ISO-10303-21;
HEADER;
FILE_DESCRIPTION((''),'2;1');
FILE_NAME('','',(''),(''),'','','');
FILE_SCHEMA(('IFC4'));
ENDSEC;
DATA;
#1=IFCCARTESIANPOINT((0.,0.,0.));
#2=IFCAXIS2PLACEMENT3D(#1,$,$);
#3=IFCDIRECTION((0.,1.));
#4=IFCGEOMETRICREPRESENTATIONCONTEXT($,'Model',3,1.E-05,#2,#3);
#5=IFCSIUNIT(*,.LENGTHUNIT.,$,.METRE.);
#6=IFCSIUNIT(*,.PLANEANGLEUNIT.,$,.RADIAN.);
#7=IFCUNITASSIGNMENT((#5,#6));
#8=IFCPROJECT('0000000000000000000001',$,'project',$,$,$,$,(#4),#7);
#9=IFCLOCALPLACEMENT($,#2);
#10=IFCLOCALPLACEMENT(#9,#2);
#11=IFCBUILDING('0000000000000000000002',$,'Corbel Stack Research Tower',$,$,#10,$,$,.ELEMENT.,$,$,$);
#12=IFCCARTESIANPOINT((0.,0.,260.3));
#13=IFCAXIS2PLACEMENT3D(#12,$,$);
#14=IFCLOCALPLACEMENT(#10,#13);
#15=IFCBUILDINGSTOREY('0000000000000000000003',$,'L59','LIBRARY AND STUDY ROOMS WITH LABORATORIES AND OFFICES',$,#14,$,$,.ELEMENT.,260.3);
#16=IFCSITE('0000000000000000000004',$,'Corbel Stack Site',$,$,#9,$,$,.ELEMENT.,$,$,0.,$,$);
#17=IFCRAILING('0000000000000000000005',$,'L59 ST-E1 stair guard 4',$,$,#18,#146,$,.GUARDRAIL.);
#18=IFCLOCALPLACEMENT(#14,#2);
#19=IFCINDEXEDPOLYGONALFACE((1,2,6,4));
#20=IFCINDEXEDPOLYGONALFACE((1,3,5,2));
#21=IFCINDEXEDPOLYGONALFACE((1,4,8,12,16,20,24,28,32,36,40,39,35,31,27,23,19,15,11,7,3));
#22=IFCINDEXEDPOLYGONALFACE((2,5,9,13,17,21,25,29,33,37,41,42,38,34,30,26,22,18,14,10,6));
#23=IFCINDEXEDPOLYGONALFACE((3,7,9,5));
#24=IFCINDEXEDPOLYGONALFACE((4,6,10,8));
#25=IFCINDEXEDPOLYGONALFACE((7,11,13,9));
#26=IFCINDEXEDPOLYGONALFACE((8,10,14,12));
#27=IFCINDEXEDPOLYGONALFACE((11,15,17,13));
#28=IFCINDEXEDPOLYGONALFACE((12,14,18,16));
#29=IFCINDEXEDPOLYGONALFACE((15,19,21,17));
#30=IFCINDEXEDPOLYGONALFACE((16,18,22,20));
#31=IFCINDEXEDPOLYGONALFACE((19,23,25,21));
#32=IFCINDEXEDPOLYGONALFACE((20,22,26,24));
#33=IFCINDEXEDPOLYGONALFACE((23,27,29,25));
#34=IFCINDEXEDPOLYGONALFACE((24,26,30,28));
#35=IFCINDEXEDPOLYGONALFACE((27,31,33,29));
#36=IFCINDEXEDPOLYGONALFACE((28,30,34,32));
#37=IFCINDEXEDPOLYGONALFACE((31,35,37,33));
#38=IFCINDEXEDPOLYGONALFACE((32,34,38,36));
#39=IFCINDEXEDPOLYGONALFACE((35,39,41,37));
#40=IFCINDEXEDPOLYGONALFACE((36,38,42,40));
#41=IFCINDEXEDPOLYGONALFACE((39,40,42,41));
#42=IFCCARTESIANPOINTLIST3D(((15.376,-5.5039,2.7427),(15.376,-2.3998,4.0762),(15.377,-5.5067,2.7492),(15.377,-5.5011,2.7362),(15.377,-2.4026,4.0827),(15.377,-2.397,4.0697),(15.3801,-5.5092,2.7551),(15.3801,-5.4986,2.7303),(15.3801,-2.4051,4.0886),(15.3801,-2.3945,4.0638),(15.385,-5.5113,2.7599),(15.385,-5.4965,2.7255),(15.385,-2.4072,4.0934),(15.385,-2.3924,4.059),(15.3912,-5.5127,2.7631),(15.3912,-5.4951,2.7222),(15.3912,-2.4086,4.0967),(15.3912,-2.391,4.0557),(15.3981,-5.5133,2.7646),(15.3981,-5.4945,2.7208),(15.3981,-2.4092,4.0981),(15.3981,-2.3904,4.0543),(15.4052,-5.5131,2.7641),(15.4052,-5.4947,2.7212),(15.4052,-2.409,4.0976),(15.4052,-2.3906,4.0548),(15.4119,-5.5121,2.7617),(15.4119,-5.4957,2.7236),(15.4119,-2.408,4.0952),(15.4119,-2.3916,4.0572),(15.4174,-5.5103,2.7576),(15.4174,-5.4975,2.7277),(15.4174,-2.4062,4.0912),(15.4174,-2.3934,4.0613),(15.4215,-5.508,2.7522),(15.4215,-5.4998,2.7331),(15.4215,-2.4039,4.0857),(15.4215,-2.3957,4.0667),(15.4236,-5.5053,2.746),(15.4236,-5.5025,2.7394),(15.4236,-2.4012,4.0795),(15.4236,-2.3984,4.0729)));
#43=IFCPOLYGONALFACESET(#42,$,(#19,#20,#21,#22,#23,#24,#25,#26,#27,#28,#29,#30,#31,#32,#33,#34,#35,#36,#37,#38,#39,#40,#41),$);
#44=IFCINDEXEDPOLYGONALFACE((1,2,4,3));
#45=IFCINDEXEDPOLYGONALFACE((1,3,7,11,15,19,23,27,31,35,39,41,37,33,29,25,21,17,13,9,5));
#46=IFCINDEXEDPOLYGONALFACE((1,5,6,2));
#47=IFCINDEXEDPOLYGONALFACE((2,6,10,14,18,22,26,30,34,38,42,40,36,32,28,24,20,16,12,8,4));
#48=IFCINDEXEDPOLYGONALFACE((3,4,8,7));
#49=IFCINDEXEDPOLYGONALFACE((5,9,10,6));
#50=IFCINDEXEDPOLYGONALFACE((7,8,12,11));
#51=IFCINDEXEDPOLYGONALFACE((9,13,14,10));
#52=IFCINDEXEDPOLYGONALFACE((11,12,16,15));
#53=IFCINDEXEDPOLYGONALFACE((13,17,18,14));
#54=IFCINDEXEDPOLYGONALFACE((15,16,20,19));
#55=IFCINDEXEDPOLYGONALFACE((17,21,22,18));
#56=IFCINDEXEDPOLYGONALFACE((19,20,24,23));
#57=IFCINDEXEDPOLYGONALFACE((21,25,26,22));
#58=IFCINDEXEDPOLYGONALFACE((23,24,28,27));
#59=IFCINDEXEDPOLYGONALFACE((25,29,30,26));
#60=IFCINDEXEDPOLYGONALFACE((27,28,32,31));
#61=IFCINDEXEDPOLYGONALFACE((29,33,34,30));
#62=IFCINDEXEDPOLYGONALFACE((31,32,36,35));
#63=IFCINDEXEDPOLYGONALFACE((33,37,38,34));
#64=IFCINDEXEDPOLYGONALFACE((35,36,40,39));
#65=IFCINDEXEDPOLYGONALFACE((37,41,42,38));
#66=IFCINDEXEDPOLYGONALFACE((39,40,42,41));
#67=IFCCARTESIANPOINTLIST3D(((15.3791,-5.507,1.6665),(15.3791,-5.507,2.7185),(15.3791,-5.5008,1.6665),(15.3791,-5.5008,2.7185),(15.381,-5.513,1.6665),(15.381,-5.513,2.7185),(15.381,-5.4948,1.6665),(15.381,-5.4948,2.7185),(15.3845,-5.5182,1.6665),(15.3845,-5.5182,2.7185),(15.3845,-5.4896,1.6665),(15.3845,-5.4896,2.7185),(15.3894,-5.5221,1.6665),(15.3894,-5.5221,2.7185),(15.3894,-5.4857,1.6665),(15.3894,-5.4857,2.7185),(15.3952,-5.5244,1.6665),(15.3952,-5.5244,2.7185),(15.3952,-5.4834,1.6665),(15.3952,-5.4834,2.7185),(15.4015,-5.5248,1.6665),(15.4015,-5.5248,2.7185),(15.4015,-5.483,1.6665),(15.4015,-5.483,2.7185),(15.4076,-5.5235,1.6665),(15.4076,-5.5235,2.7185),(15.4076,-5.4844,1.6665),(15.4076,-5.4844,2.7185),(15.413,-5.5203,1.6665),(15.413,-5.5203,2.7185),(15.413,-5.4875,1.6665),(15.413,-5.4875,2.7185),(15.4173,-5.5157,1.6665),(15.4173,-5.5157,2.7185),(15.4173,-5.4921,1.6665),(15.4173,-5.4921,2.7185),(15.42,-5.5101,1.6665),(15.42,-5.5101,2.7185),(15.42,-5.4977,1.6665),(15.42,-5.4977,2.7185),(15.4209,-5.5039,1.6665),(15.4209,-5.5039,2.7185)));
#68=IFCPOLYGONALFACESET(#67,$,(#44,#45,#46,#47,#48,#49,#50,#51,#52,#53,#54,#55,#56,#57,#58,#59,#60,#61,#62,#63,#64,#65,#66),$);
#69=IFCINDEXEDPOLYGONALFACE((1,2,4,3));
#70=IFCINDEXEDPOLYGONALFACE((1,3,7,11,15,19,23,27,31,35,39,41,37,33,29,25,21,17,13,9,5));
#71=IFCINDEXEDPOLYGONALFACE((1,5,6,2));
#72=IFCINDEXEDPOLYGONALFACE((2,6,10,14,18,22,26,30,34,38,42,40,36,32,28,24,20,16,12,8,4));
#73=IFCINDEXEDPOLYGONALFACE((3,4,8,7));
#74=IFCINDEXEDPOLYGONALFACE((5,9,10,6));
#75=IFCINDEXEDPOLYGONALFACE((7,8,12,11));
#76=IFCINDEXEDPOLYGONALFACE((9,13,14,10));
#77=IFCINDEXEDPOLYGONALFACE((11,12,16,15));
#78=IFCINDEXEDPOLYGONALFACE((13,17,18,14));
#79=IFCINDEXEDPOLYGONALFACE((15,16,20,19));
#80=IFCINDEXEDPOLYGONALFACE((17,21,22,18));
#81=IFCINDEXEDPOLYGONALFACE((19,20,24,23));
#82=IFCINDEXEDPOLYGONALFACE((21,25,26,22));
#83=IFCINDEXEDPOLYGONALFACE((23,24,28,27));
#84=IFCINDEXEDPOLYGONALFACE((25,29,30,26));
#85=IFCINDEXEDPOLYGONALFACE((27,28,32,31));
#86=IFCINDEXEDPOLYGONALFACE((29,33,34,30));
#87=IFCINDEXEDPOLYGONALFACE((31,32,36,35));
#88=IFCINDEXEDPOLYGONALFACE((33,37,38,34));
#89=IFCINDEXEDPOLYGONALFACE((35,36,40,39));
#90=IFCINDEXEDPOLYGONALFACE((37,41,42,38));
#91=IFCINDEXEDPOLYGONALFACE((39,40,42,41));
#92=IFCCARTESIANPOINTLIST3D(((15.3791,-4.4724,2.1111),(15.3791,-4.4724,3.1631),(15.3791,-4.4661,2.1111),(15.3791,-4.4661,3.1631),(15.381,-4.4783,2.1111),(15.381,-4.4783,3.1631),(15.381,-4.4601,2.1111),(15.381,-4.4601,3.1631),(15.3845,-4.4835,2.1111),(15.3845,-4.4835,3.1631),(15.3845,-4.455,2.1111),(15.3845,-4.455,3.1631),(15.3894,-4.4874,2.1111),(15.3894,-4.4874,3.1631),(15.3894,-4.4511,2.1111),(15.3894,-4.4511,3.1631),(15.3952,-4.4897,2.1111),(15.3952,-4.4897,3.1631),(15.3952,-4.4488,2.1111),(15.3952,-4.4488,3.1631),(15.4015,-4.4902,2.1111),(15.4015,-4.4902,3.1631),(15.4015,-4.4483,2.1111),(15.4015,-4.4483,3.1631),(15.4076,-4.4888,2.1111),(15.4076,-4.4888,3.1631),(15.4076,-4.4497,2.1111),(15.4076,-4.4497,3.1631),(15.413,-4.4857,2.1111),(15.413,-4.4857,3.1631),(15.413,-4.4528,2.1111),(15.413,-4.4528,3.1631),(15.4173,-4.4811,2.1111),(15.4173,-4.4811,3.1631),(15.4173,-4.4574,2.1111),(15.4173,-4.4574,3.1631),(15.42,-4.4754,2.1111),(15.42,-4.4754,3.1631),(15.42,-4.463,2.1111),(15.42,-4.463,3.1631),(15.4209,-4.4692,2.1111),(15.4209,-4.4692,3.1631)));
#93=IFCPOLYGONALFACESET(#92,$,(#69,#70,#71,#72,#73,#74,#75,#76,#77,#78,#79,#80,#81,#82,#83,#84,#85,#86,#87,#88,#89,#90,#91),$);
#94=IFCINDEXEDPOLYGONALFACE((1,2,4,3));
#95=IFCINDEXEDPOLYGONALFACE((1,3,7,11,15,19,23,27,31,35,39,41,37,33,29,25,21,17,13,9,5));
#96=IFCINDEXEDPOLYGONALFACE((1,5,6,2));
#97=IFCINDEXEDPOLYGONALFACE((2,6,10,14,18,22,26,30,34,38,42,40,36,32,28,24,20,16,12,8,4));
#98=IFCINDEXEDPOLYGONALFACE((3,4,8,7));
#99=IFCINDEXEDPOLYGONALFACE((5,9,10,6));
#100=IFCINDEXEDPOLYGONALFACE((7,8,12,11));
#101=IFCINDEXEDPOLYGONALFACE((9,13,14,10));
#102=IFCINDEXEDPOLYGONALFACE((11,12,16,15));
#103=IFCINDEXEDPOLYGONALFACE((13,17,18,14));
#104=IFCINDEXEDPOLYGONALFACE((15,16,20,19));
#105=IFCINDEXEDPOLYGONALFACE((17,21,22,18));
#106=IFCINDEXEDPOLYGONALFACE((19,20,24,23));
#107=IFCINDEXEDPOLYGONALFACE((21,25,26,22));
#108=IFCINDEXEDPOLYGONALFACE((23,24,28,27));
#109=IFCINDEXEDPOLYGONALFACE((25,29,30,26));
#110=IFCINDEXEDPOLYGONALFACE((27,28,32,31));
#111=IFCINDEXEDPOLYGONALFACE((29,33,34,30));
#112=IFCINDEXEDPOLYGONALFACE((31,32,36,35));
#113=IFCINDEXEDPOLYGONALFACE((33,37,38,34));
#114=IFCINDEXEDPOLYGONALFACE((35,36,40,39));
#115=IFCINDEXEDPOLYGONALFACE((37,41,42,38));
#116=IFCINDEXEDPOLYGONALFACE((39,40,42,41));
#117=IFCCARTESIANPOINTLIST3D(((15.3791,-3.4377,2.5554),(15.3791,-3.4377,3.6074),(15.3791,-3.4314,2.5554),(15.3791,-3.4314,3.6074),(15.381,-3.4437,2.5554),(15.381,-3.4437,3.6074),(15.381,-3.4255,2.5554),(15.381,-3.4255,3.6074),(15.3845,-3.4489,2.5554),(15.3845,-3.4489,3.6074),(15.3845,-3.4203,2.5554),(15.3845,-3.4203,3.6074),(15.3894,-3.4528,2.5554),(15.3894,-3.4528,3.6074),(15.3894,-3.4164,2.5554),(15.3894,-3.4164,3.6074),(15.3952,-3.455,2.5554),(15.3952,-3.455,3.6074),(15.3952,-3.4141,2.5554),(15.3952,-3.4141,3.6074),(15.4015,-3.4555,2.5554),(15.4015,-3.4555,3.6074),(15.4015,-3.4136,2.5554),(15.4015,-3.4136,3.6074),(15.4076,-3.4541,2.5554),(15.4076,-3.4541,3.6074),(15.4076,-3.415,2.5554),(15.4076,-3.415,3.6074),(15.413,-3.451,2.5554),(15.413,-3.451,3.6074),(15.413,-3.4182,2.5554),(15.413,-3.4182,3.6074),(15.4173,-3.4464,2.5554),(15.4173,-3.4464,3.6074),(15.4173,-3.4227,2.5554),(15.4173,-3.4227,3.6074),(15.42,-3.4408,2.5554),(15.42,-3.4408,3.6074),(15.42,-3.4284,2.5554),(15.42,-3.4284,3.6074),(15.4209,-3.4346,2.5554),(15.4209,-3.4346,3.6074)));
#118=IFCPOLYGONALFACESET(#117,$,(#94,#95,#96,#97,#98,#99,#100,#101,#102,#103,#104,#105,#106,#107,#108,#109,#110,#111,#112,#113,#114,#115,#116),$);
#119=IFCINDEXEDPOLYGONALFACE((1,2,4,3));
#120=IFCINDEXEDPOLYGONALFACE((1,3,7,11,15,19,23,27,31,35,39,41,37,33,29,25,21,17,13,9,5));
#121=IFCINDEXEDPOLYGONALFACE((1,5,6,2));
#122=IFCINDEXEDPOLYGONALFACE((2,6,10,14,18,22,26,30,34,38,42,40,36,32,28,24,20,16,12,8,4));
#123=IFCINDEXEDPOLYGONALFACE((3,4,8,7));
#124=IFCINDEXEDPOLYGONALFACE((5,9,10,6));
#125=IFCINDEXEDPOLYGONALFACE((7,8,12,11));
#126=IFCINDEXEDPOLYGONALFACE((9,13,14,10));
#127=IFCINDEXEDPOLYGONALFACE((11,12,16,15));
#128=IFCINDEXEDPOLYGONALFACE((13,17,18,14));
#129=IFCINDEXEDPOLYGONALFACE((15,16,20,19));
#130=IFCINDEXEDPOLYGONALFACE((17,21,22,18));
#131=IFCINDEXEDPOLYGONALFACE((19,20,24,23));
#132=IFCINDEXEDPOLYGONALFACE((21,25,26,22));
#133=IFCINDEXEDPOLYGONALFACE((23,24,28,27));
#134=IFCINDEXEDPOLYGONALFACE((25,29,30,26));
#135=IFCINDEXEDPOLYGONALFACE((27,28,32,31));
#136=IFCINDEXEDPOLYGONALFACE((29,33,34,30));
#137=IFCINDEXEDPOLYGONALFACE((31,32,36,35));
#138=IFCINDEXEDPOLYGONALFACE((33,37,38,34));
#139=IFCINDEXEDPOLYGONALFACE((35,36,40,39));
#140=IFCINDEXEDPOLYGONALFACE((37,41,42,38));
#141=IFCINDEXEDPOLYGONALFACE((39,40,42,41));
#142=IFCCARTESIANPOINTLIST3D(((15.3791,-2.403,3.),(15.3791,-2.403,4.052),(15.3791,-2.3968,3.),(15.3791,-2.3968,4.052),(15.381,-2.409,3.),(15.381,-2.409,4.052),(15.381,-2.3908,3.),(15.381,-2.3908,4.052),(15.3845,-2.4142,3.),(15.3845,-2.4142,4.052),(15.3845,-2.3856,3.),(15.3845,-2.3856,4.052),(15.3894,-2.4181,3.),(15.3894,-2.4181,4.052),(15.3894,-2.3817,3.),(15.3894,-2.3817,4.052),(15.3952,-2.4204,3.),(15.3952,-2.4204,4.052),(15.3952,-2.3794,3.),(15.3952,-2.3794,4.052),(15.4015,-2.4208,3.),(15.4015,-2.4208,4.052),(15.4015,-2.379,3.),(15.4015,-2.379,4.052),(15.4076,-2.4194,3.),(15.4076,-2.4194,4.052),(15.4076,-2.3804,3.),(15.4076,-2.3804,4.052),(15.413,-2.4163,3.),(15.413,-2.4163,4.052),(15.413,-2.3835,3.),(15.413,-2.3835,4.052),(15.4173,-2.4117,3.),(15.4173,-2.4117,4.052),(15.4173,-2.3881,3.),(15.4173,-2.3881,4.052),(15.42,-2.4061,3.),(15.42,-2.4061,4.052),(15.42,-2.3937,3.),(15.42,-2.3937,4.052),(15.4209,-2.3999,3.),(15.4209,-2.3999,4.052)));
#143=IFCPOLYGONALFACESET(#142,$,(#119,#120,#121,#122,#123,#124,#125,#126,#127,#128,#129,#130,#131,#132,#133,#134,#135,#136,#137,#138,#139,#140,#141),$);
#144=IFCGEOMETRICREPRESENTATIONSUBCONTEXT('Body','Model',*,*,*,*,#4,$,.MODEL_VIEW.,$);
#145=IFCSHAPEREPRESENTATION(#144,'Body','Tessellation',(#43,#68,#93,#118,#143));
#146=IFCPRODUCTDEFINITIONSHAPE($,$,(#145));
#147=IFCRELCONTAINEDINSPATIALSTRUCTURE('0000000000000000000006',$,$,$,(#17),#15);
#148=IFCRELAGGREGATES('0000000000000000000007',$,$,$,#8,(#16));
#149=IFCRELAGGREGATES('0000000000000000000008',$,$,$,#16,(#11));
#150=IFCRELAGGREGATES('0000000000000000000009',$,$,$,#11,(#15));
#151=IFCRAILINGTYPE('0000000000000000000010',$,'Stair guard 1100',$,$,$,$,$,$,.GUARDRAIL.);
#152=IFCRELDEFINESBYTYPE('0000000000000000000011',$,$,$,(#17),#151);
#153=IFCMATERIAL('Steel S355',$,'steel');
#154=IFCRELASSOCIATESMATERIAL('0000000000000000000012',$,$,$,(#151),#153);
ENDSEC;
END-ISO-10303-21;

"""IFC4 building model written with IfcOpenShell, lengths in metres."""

from ifc_helpers import new_model, si_unit, direction, frame, origin, origin_2d, place, context, subcontext, project, spatial, circle, extrude, material, type_object, element, save


model = new_model("IFC4")

# Units and contexts
model_context = context("Model", 3, precision=1e-05, world=origin(), true_north=direction((0.0, 1.0)))
body_context = subcontext(model_context, "Body", "Model", "MODEL_VIEW")
ifc_project = project(units=[si_unit("LENGTHUNIT", "METRE"), si_unit("PLANEANGLEUNIT", "RADIAN")], contexts=[model_context])

# Site, building, storey
site_placement = place(None, origin())
site = spatial("IfcSite", under=ifc_project, at=site_placement, Name="Corbel Stack Site", CompositionType="ELEMENT", RefElevation=0.0)
building_placement = place(site_placement, origin())
building = spatial("IfcBuilding", under=site, at=building_placement, Name="Corbel Stack Research Tower", CompositionType="ELEMENT")
storey_placement = place(building_placement, frame((0.0, 0.0, 260.3)))
storey = spatial("IfcBuildingStorey", under=building, at=storey_placement, Name="L59", Description="LIBRARY AND STUDY ROOMS WITH LABORATORIES AND OFFICES", CompositionType="ELEMENT", Elevation=260.3)

# Railing
ifc_material_1 = material(Name="Steel S355", Category="steel")
railing_type_1 = type_object("IfcRailingType", Name="Stair guard 1100", PredefinedType="GUARDRAIL", material=ifc_material_1)
railing_1_placement = place(storey_placement, frame((15.3999, -5.5039, 1.6665)))
element("IfcRailing", 1, at=railing_1_placement, inside=storey, type_object=railing_type_1, Name="L59 ST-E1 stair guard 4", PredefinedType="GUARDRAIL", context=body_context, shape_type="SweptSolid", body=[
    extrude(circle(Radius=0.0239, at=origin_2d()), frame((0.0, 0.0, 1.0762), z_axis=(0.0, 0.918801, 0.394722), x_axis=(-1.0, 0.0, 0.0)), (0.0, 0.0, 1.0), 3.3784),
    extrude(circle(Radius=0.021, at=origin_2d()), origin(), (0.0, 0.0, 1.0), 1.052),
    extrude(circle(Radius=0.021, at=origin_2d()), frame((0.0, 1.0347, 0.4446)), (0.0, 0.0, 1.0), 1.052),
    extrude(circle(Radius=0.021, at=origin_2d()), frame((0.0, 2.0693, 0.8889)), (0.0, 0.0, 1.0), 1.052),
    extrude(circle(Radius=0.021, at=origin_2d()), frame((0.0, 3.104, 1.3335)), (0.0, 0.0, 1.0), 1.052),
])

save(model, "model.ifc")
